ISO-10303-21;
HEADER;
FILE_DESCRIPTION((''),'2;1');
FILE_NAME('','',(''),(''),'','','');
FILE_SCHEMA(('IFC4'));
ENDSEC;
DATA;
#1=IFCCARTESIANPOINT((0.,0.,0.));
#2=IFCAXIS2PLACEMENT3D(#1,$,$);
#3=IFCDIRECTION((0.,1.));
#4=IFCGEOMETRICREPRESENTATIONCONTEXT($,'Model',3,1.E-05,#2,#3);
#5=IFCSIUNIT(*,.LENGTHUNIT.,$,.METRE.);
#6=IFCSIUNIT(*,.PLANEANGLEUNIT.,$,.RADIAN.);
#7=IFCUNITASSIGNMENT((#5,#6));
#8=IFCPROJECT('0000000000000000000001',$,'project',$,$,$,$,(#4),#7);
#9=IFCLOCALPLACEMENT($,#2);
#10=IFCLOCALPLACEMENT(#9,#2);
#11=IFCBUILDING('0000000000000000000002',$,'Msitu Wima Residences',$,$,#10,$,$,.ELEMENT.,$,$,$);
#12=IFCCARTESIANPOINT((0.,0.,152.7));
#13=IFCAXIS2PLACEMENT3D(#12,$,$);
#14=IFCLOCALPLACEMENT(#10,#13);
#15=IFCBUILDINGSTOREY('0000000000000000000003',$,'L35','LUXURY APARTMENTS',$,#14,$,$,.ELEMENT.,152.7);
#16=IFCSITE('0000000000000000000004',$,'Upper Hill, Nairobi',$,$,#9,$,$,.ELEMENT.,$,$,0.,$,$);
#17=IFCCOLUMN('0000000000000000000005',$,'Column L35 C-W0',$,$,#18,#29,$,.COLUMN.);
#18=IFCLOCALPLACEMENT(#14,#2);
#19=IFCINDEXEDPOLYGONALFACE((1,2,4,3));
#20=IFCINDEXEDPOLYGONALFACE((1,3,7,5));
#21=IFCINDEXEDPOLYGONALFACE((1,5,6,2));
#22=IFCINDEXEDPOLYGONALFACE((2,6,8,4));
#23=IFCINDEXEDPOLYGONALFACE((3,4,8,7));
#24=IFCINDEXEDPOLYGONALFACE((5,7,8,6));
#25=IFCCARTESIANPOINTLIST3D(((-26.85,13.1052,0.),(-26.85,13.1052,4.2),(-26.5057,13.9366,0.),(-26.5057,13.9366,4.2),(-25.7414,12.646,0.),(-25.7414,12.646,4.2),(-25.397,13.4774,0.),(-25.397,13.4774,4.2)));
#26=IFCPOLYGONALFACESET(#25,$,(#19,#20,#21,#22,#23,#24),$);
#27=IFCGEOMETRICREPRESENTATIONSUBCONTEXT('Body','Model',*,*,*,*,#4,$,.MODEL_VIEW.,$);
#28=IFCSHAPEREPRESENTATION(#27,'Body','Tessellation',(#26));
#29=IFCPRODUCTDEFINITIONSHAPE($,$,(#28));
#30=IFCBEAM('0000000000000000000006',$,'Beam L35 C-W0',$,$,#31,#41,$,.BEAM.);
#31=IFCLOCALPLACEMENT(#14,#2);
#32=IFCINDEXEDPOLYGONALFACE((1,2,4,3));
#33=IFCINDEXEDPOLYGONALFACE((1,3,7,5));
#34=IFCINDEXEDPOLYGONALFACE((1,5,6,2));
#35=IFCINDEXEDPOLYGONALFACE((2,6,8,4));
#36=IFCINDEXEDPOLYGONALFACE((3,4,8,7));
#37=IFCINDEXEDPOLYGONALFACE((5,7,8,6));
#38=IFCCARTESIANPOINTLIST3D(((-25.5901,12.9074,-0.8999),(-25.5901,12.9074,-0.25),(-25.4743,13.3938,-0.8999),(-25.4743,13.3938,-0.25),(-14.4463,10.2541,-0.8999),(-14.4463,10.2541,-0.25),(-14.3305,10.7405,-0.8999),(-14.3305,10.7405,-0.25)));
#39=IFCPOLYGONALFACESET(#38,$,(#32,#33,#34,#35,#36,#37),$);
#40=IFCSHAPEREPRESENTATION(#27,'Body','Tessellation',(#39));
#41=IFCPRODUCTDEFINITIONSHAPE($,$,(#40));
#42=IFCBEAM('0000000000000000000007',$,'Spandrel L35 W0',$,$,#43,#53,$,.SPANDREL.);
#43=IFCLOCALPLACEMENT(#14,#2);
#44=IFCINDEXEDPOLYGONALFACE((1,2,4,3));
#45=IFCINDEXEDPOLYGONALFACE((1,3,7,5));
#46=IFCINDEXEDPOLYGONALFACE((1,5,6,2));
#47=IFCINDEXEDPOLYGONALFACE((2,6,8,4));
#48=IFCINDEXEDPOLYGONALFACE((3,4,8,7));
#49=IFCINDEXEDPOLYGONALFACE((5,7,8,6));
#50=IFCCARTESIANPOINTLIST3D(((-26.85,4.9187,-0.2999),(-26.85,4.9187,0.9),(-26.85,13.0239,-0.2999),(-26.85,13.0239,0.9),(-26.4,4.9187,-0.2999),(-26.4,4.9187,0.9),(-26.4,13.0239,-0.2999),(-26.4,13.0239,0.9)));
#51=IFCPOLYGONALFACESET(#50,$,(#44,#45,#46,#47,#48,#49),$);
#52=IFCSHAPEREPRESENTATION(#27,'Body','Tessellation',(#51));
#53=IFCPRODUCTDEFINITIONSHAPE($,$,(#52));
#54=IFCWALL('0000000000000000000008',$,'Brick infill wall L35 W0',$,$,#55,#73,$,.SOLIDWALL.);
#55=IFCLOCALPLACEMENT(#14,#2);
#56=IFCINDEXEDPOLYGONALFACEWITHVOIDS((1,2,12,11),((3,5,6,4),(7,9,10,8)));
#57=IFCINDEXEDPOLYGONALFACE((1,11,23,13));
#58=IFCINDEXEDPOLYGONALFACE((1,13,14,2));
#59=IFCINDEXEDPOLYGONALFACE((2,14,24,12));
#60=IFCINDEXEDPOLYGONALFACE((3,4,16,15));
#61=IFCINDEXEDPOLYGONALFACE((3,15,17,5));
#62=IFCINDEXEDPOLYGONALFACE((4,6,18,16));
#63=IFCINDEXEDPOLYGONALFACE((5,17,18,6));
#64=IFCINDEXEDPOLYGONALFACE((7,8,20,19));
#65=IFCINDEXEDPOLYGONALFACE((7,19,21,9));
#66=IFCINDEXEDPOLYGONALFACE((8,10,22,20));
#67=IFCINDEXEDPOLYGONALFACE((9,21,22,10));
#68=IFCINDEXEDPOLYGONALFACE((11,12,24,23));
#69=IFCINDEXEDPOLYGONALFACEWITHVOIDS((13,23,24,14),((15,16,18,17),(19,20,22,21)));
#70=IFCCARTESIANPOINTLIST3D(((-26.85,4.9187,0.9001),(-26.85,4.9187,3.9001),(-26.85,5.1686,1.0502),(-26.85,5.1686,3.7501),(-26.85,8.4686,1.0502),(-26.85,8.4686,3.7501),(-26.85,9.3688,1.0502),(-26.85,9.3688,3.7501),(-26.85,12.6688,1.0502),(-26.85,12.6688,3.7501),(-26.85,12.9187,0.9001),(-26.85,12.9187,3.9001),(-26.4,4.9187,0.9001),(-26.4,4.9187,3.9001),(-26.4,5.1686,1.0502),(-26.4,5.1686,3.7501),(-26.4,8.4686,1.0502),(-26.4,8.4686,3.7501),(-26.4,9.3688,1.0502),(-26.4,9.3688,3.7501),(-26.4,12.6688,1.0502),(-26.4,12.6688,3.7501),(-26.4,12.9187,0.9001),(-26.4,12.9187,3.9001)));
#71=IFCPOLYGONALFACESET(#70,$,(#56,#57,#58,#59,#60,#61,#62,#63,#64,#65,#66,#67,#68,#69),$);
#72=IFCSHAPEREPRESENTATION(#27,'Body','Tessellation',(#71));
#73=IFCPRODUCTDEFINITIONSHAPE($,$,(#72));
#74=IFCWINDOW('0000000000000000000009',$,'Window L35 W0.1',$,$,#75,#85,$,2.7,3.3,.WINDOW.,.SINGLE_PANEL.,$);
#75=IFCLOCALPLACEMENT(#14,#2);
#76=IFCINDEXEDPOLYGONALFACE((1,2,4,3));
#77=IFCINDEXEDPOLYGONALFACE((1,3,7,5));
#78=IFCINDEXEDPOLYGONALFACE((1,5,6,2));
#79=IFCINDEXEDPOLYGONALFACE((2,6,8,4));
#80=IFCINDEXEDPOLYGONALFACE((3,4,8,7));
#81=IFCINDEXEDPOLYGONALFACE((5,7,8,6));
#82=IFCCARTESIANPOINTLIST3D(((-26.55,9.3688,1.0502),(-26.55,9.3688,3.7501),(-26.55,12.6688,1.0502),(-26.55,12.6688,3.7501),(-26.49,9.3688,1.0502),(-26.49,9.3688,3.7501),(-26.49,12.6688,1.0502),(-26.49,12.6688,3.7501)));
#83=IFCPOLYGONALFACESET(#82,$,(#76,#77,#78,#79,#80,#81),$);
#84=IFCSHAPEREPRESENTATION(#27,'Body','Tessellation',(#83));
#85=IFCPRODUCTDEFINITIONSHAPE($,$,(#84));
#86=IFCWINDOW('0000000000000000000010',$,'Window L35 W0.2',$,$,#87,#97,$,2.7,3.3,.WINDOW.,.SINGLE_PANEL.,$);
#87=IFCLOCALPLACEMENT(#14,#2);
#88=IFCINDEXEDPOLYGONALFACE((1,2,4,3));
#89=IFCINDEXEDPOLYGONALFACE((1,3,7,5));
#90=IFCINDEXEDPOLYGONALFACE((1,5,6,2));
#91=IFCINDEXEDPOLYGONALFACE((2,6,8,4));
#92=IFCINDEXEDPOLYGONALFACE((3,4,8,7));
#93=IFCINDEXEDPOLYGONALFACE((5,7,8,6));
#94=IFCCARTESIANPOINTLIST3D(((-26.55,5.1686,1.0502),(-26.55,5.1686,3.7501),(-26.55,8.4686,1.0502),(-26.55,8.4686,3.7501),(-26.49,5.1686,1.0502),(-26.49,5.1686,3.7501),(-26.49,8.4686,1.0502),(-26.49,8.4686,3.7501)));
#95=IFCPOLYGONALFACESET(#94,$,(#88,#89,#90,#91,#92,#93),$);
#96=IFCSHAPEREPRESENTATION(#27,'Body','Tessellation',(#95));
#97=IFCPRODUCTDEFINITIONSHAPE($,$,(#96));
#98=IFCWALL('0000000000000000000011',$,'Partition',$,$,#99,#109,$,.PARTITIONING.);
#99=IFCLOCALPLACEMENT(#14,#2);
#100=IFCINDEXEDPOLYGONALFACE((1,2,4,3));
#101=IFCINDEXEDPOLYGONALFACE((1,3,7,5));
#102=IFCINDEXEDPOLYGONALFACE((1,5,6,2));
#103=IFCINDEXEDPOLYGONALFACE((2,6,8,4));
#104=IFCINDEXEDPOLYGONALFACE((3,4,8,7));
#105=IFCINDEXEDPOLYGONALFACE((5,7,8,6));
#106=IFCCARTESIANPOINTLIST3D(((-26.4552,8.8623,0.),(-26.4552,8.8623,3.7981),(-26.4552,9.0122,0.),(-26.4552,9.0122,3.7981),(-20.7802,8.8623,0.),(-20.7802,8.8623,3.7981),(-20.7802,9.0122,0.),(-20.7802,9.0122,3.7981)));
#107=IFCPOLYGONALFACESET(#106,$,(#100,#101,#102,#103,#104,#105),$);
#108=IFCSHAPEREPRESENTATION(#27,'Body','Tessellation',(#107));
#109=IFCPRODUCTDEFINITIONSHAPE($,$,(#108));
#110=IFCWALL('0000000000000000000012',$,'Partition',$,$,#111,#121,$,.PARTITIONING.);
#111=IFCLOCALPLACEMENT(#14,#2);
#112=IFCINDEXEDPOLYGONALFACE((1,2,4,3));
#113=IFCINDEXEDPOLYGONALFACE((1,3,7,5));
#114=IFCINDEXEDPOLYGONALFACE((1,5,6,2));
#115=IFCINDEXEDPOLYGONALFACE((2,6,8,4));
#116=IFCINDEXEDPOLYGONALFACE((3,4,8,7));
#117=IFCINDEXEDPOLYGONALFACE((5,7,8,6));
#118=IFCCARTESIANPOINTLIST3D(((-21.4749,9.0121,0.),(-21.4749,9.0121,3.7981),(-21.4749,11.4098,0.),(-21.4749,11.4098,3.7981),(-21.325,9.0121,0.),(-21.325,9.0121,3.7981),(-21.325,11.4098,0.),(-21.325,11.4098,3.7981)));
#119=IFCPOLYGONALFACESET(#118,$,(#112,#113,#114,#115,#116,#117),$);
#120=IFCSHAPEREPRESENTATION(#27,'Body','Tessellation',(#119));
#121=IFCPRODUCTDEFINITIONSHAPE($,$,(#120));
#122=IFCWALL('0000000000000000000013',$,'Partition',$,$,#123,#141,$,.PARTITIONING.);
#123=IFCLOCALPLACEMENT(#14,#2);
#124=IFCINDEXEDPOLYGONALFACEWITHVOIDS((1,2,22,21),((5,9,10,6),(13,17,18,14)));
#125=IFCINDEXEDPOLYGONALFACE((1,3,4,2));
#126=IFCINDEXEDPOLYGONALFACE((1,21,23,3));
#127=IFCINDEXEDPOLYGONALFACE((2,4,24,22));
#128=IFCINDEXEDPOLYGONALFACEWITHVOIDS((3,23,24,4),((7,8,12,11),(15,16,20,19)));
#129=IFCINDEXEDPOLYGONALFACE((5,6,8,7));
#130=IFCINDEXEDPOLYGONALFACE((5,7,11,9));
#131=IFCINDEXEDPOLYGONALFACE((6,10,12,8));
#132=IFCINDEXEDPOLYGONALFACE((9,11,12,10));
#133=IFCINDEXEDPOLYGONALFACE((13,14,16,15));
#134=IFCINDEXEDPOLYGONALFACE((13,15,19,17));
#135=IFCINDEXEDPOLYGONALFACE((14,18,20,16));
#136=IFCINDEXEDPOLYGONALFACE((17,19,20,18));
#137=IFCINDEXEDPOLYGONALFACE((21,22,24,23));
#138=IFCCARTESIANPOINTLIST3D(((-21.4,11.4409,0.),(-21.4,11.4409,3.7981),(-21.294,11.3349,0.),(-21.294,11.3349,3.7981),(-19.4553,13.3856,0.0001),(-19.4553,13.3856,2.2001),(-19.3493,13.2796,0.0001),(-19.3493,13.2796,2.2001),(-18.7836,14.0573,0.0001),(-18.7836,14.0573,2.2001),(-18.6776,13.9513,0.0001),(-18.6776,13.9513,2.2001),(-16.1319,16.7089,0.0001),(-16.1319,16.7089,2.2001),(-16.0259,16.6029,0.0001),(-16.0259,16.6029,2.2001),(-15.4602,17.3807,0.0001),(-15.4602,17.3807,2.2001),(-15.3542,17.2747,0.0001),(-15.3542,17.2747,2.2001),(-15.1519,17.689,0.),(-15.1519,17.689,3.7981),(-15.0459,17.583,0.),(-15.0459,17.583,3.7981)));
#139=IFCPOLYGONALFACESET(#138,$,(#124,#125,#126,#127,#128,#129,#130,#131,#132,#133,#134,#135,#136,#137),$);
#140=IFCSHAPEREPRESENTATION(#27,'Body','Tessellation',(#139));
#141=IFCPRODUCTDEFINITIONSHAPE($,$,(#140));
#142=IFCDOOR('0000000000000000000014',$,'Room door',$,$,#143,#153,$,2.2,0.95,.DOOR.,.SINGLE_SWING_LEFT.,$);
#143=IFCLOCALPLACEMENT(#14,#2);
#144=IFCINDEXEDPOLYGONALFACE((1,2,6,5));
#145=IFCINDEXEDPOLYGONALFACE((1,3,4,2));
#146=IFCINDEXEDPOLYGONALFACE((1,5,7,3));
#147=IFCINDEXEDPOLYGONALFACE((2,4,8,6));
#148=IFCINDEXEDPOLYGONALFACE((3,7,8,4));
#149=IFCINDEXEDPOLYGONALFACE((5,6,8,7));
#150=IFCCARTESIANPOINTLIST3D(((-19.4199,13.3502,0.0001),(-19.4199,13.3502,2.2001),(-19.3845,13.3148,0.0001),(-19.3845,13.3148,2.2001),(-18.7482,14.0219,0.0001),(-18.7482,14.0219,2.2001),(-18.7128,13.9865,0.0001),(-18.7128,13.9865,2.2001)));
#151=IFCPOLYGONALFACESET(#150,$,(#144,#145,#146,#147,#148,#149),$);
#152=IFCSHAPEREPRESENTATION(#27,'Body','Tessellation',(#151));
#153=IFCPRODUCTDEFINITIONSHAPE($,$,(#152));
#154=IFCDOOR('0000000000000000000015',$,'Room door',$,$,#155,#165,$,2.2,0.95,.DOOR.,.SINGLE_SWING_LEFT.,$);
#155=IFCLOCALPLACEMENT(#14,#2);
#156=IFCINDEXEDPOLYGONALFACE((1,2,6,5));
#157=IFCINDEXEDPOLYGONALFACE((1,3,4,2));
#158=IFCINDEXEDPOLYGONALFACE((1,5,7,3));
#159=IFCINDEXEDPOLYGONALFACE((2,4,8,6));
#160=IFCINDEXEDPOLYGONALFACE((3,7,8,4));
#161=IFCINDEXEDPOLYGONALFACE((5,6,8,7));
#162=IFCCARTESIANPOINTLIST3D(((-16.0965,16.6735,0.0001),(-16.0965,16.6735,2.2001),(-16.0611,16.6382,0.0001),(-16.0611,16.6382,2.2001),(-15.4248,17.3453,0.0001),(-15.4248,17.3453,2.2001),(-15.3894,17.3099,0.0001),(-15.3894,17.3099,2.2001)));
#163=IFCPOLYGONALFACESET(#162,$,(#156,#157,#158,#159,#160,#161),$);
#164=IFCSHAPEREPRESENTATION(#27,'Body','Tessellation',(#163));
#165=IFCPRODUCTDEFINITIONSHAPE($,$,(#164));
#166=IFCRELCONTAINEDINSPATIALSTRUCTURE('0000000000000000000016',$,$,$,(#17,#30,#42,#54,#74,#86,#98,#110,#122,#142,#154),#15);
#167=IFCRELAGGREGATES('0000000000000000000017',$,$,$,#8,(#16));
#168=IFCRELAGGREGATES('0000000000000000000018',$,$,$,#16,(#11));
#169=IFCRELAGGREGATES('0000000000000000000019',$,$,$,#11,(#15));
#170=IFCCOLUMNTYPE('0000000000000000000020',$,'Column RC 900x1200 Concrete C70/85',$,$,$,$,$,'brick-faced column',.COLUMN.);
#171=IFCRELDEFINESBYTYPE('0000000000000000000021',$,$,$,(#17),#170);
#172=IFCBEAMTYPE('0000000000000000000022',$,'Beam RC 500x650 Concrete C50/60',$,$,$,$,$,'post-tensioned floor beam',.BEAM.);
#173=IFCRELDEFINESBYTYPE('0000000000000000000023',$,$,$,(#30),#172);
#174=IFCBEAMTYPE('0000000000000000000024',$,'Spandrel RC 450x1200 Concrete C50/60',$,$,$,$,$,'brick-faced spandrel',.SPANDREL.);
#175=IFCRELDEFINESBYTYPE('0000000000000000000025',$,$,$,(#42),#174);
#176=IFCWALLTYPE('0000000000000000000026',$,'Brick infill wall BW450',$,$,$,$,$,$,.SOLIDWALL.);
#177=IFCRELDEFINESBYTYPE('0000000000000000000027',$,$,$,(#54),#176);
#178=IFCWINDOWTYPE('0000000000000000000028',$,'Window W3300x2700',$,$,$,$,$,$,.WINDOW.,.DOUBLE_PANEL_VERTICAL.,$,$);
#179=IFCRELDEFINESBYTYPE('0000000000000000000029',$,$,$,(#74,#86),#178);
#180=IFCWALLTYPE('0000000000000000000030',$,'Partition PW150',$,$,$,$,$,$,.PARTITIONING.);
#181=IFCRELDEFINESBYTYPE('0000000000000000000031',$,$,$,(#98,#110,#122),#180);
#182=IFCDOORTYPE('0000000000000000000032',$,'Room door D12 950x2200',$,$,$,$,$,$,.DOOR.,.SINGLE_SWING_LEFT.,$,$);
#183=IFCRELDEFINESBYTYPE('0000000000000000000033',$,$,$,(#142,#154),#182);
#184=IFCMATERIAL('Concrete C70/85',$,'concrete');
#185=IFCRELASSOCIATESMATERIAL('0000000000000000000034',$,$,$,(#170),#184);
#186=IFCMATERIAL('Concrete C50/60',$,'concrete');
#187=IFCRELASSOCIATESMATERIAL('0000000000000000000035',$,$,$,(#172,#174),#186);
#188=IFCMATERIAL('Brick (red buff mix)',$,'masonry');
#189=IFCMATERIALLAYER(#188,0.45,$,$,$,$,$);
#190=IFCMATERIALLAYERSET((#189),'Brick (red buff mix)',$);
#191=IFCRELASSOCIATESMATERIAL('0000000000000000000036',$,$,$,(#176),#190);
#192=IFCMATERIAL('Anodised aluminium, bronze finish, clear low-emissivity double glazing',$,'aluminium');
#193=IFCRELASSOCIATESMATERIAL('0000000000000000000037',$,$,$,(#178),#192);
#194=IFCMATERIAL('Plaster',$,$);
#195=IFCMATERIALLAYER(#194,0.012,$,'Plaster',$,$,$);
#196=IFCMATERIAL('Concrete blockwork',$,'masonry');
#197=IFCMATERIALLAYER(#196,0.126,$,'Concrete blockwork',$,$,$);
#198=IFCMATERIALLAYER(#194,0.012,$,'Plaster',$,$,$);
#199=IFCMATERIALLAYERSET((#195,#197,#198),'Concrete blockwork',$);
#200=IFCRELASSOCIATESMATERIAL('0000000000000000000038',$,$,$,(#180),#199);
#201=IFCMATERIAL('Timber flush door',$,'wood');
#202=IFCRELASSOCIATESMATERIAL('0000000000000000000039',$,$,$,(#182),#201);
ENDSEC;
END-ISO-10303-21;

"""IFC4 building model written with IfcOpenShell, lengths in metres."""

from ifc_helpers import new_model, si_unit, direction, frame, frame_2d, origin, origin_2d, place, context, subcontext, project, spatial, rectangle, extrude, material, layer, layer_set, material_profile, profile_set, type_object, element, fill, save


model = new_model("IFC4")

# Units and contexts
model_context = context("Model", 3, precision=1e-05, world=origin(), true_north=direction((0.0, 1.0)))
body_context = subcontext(model_context, "Body", "Model", "MODEL_VIEW")
ifc_project = project(units=[si_unit("LENGTHUNIT", "METRE"), si_unit("PLANEANGLEUNIT", "RADIAN")], contexts=[model_context])

# Site, building, storey
site_placement = place(None, origin())
site = spatial("IfcSite", under=ifc_project, at=site_placement, Name="Upper Hill, Nairobi", CompositionType="ELEMENT", RefElevation=0.0)
building_placement = place(site_placement, origin())
building = spatial("IfcBuilding", under=site, at=building_placement, Name="Msitu Wima Residences", CompositionType="ELEMENT")
storey_placement = place(building_placement, frame((0.0, 0.0, 152.7)))
storey = spatial("IfcBuildingStorey", under=building, at=storey_placement, Name="L35", Description="LUXURY APARTMENTS", CompositionType="ELEMENT", Elevation=152.7)

# Column
ifc_material_1 = material(Name="Concrete C70/85", Category="concrete")
ifc_material_profile_1 = material_profile(ifc_material_1, rectangle(XDim=0.8999, YDim=1.2, at=origin_2d()), Name="RC 900x1200")
ifc_profile_set_1 = profile_set([ifc_material_profile_1], Name="Concrete C70/85")
column_type = type_object("IfcColumnType", Name="Column RC 900x1200 Concrete C70/85", ElementType="brick-faced column", PredefinedType="COLUMN", material=ifc_profile_set_1)
column_placement = place(storey_placement, frame((-26.1235, 13.2913, 0.0), z_axis=(0.0, 0.0, 1.0), x_axis=(-0.382683, -0.92388, 0.0)))
element("IfcColumn", 1, at=column_placement, inside=storey, type_object=column_type, Name="Column L35 C-W0", PredefinedType="COLUMN", context=body_context, shape_type="SweptSolid", body=[
    extrude(rectangle(XDim=0.8999, YDim=1.2, at=origin_2d()), origin(), (0.0, 0.0, 1.0), 4.2),
])

# Beams
ifc_material_2 = material(Name="Concrete C50/60", Category="concrete")
ifc_material_profile_2 = material_profile(ifc_material_2, rectangle(XDim=0.5, YDim=0.6499, at=origin_2d()), Name="RC 500x650")
ifc_profile_set_2 = profile_set([ifc_material_profile_2], Name="Concrete C50/60")
beam_type_1 = type_object("IfcBeamType", Name="Beam RC 500x650 Concrete C50/60", ElementType="post-tensioned floor beam", PredefinedType="BEAM", material=ifc_profile_set_2)
beam_1_placement = place(storey_placement, frame((-25.5322, 13.1506, -0.575), z_axis=(0.972806, -0.231623, 0.0), x_axis=(0.231623, 0.972806, 0.0)))
element("IfcBeam", 2, at=beam_1_placement, inside=storey, type_object=beam_type_1, Name="Beam L35 C-W0", PredefinedType="BEAM", context=body_context, shape_type="SweptSolid", body=[
    extrude(rectangle(XDim=0.5, YDim=0.6499, at=origin_2d()), origin(), (0.0, 0.0, 1.0), 11.4553),
])
ifc_material_profile_3 = material_profile(ifc_material_2, rectangle(XDim=0.45, YDim=1.2, at=origin_2d()), Name="RC 450x1200")
ifc_profile_set_3 = profile_set([ifc_material_profile_3], Name="Concrete C50/60")
beam_type_2 = type_object("IfcBeamType", Name="Spandrel RC 450x1200 Concrete C50/60", ElementType="brick-faced spandrel", PredefinedType="SPANDREL", material=ifc_profile_set_3)
beam_2_placement = place(storey_placement, frame((-26.625, 13.0239, 0.3), z_axis=(0.0, -1.0, 0.0), x_axis=(1.0, 0.0, 0.0)))
element("IfcBeam", 3, at=beam_2_placement, inside=storey, type_object=beam_type_2, Name="Spandrel L35 W0", PredefinedType="SPANDREL", context=body_context, shape_type="SweptSolid", body=[
    extrude(rectangle(XDim=0.45, YDim=1.2, at=origin_2d()), origin(), (0.0, 0.0, 1.0), 8.1052),
])

# Wall, openings, windows
ifc_material_3 = material(Name="Brick (red buff mix)", Category="masonry")
ifc_layer_1 = layer(ifc_material_3, 0.45)
ifc_layer_set_1 = layer_set([ifc_layer_1], Name="Brick (red buff mix)")
wall_type_1 = type_object("IfcWallType", Name="Brick infill wall BW450", PredefinedType="SOLIDWALL", material=ifc_layer_set_1)
wall_1_placement = place(storey_placement, frame((-26.625, 12.9187, 0.9001), z_axis=(0.0, 0.0, 1.0), x_axis=(0.0, -1.0, 0.0)))
wall_1 = element("IfcWall", 4, at=wall_1_placement, inside=storey, type_object=wall_type_1, Name="Brick infill wall L35 W0", PredefinedType="SOLIDWALL", context=body_context, shape_type="SweptSolid", body=[
    extrude(rectangle(XDim=8.0, YDim=0.45, at=frame_2d((4.0, 0.0))), origin(), (0.0, 0.0, 1.0), 3.0),
])
opening_1_placement = place(wall_1_placement, frame((0.25, 0.0, 0.1499)))
opening_1 = element("IfcOpeningElement", 5, at=opening_1_placement, cuts=wall_1, PredefinedType="OPENING", context=body_context, shape_type="SweptSolid", body=[
    extrude(rectangle(XDim=3.3, YDim=2.7, at=frame_2d((1.6499, 1.3501))), frame((0.0, 0.2349, 0.0), z_axis=(0.0, -1.0, 0.0), x_axis=(1.0, 0.0, 0.0)), (0.0, 0.0, 1.0), 0.47),
])
opening_2_placement = place(wall_1_placement, frame((4.4502, 0.0, 0.1499)))
opening_2 = element("IfcOpeningElement", 6, at=opening_2_placement, cuts=wall_1, PredefinedType="OPENING", context=body_context, shape_type="SweptSolid", body=[
    extrude(rectangle(XDim=3.3, YDim=2.7, at=frame_2d((1.6499, 1.3501))), frame((0.0, 0.2349, 0.0), z_axis=(0.0, -1.0, 0.0), x_axis=(1.0, 0.0, 0.0)), (0.0, 0.0, 1.0), 0.47),
])
ifc_material_4 = material(Name="Anodised aluminium, bronze finish, clear low-emissivity double glazing", Category="aluminium")
window_type = type_object("IfcWindowType", Name="Window W3300x2700", PartitioningType="DOUBLE_PANEL_VERTICAL", PredefinedType="WINDOW", material=ifc_material_4)
window_1_placement = place(opening_1_placement, origin())
window_1 = element("IfcWindow", 7, at=window_1_placement, inside=storey, type_object=window_type, Name="Window L35 W0.1", OverallHeight=2.7, OverallWidth=3.3, PartitioningType="SINGLE_PANEL", PredefinedType="WINDOW", context=body_context, shape_type="SweptSolid", body=[
    extrude(rectangle(XDim=3.3, YDim=2.7, at=frame_2d((1.6499, 1.3501))), frame((0.0, 0.135, 0.0), z_axis=(0.0, -1.0, 0.0), x_axis=(1.0, 0.0, 0.0)), (0.0, 0.0, 1.0), 0.0601),
])
fill(opening_1, window_1)
window_2_placement = place(opening_2_placement, origin())
window_2 = element("IfcWindow", 8, at=window_2_placement, inside=storey, type_object=window_type, Name="Window L35 W0.2", OverallHeight=2.7, OverallWidth=3.3, PartitioningType="SINGLE_PANEL", PredefinedType="WINDOW", context=body_context, shape_type="SweptSolid", body=[
    extrude(rectangle(XDim=3.3, YDim=2.7, at=frame_2d((1.6499, 1.3501))), frame((0.0, 0.135, 0.0), z_axis=(0.0, -1.0, 0.0), x_axis=(1.0, 0.0, 0.0)), (0.0, 0.0, 1.0), 0.0601),
])
fill(opening_2, window_2)

# Walls
ifc_material_5 = material(Name="Plaster")
ifc_layer_2 = layer(ifc_material_5, 0.012, Name="Plaster")
ifc_material_6 = material(Name="Concrete blockwork", Category="masonry")
ifc_layer_3 = layer(ifc_material_6, 0.126, Name="Concrete blockwork")
ifc_layer_4 = layer(ifc_material_5, 0.012, Name="Plaster")
ifc_layer_set_2 = layer_set([ifc_layer_2, ifc_layer_3, ifc_layer_4], Name="Concrete blockwork")
wall_type_2 = type_object("IfcWallType", Name="Partition PW150", PredefinedType="PARTITIONING", material=ifc_layer_set_2)
wall_2_placement = place(storey_placement, frame((-26.4551, 8.9373, 0.0), z_axis=(0.0, 0.0, 1.0), x_axis=(1.0, 0.0, 0.0)))
element("IfcWall", 9, at=wall_2_placement, inside=storey, type_object=wall_type_2, Name="Partition", PredefinedType="PARTITIONING", context=body_context, shape_type="SweptSolid", body=[
    extrude(rectangle(XDim=5.675, YDim=0.1499, at=frame_2d((2.8374, 0.0))), origin(), (0.0, 0.0, 1.0), 3.7981),
])
wall_3_placement = place(storey_placement, frame((-21.3999, 9.0122, 0.0), z_axis=(0.0, 0.0, 1.0), x_axis=(0.0, 1.0, 0.0)))
element("IfcWall", 10, at=wall_3_placement, inside=storey, type_object=wall_type_2, Name="Partition", PredefinedType="PARTITIONING", context=body_context, shape_type="SweptSolid", body=[
    extrude(rectangle(XDim=2.3977, YDim=0.1499, at=frame_2d((1.1987, 0.0))), origin(), (0.0, 0.0, 1.0), 3.7981),
])

# Wall, openings, doors
wall_4_placement = place(storey_placement, frame((-21.3469, 11.3879, 0.0), z_axis=(0.0, 0.0, 1.0), x_axis=(0.707107, 0.707107, 0.0)))
wall_4 = element("IfcWall", 11, at=wall_4_placement, inside=storey, type_object=wall_type_2, Name="Partition", PredefinedType="PARTITIONING", context=body_context, shape_type="SweptSolid", body=[
    extrude(rectangle(XDim=8.8362, YDim=0.1499, at=frame_2d((4.418, 0.0))), origin(), (0.0, 0.0, 1.0), 3.7981),
])
opening_3_placement = place(wall_4_placement, frame((2.75, 0.0, 0.0)))
opening_3 = element("IfcOpeningElement", 12, at=opening_3_placement, cuts=wall_4, PredefinedType="OPENING", context=body_context, shape_type="SweptSolid", body=[
    extrude(rectangle(XDim=0.95, YDim=2.2, at=frame_2d((0.4751, 1.1001))), frame((0.0, 0.085, 0.0), z_axis=(0.0, -1.0, 0.0), x_axis=(1.0, 0.0, 0.0)), (0.0, 0.0, 1.0), 0.1699),
])
opening_4_placement = place(wall_4_placement, frame((7.45, 0.0, 0.0)))
opening_4 = element("IfcOpeningElement", 13, at=opening_4_placement, cuts=wall_4, PredefinedType="OPENING", context=body_context, shape_type="SweptSolid", body=[
    extrude(rectangle(XDim=0.95, YDim=2.2, at=frame_2d((0.4751, 1.1001))), frame((0.0, 0.085, 0.0), z_axis=(0.0, -1.0, 0.0), x_axis=(1.0, 0.0, 0.0)), (0.0, 0.0, 1.0), 0.1699),
])
ifc_material_7 = material(Name="Timber flush door", Category="wood")
door_type_1 = type_object("IfcDoorType", Name="Room door D12 950x2200", OperationType="SINGLE_SWING_LEFT", PredefinedType="DOOR", material=ifc_material_7)
door_1_placement = place(opening_3_placement, origin())
door_1 = element("IfcDoor", 14, at=door_1_placement, inside=storey, type_object=door_type_1, Name="Room door", OperationType="SINGLE_SWING_LEFT", OverallHeight=2.2, OverallWidth=0.95, PredefinedType="DOOR", context=body_context, shape_type="SweptSolid", body=[
    extrude(rectangle(XDim=0.95, YDim=2.2, at=frame_2d((0.4751, 1.1001))), frame((0.0, 0.0249, 0.0), z_axis=(0.0, -1.0, 0.0), x_axis=(1.0, 0.0, 0.0)), (0.0, 0.0, 1.0), 0.05),
])
fill(opening_3, door_1)
door_2_placement = place(opening_4_placement, origin())
door_2 = element("IfcDoor", 15, at=door_2_placement, inside=storey, type_object=door_type_1, Name="Room door", OperationType="SINGLE_SWING_LEFT", OverallHeight=2.2, OverallWidth=0.95, PredefinedType="DOOR", context=body_context, shape_type="SweptSolid", body=[
    extrude(rectangle(XDim=0.95, YDim=2.2, at=frame_2d((0.4751, 1.1001))), frame((0.0, 0.0249, 0.0), z_axis=(0.0, -1.0, 0.0), x_axis=(1.0, 0.0, 0.0)), (0.0, 0.0, 1.0), 0.05),
])
fill(opening_4, door_2)

save(model, "model.ifc")
